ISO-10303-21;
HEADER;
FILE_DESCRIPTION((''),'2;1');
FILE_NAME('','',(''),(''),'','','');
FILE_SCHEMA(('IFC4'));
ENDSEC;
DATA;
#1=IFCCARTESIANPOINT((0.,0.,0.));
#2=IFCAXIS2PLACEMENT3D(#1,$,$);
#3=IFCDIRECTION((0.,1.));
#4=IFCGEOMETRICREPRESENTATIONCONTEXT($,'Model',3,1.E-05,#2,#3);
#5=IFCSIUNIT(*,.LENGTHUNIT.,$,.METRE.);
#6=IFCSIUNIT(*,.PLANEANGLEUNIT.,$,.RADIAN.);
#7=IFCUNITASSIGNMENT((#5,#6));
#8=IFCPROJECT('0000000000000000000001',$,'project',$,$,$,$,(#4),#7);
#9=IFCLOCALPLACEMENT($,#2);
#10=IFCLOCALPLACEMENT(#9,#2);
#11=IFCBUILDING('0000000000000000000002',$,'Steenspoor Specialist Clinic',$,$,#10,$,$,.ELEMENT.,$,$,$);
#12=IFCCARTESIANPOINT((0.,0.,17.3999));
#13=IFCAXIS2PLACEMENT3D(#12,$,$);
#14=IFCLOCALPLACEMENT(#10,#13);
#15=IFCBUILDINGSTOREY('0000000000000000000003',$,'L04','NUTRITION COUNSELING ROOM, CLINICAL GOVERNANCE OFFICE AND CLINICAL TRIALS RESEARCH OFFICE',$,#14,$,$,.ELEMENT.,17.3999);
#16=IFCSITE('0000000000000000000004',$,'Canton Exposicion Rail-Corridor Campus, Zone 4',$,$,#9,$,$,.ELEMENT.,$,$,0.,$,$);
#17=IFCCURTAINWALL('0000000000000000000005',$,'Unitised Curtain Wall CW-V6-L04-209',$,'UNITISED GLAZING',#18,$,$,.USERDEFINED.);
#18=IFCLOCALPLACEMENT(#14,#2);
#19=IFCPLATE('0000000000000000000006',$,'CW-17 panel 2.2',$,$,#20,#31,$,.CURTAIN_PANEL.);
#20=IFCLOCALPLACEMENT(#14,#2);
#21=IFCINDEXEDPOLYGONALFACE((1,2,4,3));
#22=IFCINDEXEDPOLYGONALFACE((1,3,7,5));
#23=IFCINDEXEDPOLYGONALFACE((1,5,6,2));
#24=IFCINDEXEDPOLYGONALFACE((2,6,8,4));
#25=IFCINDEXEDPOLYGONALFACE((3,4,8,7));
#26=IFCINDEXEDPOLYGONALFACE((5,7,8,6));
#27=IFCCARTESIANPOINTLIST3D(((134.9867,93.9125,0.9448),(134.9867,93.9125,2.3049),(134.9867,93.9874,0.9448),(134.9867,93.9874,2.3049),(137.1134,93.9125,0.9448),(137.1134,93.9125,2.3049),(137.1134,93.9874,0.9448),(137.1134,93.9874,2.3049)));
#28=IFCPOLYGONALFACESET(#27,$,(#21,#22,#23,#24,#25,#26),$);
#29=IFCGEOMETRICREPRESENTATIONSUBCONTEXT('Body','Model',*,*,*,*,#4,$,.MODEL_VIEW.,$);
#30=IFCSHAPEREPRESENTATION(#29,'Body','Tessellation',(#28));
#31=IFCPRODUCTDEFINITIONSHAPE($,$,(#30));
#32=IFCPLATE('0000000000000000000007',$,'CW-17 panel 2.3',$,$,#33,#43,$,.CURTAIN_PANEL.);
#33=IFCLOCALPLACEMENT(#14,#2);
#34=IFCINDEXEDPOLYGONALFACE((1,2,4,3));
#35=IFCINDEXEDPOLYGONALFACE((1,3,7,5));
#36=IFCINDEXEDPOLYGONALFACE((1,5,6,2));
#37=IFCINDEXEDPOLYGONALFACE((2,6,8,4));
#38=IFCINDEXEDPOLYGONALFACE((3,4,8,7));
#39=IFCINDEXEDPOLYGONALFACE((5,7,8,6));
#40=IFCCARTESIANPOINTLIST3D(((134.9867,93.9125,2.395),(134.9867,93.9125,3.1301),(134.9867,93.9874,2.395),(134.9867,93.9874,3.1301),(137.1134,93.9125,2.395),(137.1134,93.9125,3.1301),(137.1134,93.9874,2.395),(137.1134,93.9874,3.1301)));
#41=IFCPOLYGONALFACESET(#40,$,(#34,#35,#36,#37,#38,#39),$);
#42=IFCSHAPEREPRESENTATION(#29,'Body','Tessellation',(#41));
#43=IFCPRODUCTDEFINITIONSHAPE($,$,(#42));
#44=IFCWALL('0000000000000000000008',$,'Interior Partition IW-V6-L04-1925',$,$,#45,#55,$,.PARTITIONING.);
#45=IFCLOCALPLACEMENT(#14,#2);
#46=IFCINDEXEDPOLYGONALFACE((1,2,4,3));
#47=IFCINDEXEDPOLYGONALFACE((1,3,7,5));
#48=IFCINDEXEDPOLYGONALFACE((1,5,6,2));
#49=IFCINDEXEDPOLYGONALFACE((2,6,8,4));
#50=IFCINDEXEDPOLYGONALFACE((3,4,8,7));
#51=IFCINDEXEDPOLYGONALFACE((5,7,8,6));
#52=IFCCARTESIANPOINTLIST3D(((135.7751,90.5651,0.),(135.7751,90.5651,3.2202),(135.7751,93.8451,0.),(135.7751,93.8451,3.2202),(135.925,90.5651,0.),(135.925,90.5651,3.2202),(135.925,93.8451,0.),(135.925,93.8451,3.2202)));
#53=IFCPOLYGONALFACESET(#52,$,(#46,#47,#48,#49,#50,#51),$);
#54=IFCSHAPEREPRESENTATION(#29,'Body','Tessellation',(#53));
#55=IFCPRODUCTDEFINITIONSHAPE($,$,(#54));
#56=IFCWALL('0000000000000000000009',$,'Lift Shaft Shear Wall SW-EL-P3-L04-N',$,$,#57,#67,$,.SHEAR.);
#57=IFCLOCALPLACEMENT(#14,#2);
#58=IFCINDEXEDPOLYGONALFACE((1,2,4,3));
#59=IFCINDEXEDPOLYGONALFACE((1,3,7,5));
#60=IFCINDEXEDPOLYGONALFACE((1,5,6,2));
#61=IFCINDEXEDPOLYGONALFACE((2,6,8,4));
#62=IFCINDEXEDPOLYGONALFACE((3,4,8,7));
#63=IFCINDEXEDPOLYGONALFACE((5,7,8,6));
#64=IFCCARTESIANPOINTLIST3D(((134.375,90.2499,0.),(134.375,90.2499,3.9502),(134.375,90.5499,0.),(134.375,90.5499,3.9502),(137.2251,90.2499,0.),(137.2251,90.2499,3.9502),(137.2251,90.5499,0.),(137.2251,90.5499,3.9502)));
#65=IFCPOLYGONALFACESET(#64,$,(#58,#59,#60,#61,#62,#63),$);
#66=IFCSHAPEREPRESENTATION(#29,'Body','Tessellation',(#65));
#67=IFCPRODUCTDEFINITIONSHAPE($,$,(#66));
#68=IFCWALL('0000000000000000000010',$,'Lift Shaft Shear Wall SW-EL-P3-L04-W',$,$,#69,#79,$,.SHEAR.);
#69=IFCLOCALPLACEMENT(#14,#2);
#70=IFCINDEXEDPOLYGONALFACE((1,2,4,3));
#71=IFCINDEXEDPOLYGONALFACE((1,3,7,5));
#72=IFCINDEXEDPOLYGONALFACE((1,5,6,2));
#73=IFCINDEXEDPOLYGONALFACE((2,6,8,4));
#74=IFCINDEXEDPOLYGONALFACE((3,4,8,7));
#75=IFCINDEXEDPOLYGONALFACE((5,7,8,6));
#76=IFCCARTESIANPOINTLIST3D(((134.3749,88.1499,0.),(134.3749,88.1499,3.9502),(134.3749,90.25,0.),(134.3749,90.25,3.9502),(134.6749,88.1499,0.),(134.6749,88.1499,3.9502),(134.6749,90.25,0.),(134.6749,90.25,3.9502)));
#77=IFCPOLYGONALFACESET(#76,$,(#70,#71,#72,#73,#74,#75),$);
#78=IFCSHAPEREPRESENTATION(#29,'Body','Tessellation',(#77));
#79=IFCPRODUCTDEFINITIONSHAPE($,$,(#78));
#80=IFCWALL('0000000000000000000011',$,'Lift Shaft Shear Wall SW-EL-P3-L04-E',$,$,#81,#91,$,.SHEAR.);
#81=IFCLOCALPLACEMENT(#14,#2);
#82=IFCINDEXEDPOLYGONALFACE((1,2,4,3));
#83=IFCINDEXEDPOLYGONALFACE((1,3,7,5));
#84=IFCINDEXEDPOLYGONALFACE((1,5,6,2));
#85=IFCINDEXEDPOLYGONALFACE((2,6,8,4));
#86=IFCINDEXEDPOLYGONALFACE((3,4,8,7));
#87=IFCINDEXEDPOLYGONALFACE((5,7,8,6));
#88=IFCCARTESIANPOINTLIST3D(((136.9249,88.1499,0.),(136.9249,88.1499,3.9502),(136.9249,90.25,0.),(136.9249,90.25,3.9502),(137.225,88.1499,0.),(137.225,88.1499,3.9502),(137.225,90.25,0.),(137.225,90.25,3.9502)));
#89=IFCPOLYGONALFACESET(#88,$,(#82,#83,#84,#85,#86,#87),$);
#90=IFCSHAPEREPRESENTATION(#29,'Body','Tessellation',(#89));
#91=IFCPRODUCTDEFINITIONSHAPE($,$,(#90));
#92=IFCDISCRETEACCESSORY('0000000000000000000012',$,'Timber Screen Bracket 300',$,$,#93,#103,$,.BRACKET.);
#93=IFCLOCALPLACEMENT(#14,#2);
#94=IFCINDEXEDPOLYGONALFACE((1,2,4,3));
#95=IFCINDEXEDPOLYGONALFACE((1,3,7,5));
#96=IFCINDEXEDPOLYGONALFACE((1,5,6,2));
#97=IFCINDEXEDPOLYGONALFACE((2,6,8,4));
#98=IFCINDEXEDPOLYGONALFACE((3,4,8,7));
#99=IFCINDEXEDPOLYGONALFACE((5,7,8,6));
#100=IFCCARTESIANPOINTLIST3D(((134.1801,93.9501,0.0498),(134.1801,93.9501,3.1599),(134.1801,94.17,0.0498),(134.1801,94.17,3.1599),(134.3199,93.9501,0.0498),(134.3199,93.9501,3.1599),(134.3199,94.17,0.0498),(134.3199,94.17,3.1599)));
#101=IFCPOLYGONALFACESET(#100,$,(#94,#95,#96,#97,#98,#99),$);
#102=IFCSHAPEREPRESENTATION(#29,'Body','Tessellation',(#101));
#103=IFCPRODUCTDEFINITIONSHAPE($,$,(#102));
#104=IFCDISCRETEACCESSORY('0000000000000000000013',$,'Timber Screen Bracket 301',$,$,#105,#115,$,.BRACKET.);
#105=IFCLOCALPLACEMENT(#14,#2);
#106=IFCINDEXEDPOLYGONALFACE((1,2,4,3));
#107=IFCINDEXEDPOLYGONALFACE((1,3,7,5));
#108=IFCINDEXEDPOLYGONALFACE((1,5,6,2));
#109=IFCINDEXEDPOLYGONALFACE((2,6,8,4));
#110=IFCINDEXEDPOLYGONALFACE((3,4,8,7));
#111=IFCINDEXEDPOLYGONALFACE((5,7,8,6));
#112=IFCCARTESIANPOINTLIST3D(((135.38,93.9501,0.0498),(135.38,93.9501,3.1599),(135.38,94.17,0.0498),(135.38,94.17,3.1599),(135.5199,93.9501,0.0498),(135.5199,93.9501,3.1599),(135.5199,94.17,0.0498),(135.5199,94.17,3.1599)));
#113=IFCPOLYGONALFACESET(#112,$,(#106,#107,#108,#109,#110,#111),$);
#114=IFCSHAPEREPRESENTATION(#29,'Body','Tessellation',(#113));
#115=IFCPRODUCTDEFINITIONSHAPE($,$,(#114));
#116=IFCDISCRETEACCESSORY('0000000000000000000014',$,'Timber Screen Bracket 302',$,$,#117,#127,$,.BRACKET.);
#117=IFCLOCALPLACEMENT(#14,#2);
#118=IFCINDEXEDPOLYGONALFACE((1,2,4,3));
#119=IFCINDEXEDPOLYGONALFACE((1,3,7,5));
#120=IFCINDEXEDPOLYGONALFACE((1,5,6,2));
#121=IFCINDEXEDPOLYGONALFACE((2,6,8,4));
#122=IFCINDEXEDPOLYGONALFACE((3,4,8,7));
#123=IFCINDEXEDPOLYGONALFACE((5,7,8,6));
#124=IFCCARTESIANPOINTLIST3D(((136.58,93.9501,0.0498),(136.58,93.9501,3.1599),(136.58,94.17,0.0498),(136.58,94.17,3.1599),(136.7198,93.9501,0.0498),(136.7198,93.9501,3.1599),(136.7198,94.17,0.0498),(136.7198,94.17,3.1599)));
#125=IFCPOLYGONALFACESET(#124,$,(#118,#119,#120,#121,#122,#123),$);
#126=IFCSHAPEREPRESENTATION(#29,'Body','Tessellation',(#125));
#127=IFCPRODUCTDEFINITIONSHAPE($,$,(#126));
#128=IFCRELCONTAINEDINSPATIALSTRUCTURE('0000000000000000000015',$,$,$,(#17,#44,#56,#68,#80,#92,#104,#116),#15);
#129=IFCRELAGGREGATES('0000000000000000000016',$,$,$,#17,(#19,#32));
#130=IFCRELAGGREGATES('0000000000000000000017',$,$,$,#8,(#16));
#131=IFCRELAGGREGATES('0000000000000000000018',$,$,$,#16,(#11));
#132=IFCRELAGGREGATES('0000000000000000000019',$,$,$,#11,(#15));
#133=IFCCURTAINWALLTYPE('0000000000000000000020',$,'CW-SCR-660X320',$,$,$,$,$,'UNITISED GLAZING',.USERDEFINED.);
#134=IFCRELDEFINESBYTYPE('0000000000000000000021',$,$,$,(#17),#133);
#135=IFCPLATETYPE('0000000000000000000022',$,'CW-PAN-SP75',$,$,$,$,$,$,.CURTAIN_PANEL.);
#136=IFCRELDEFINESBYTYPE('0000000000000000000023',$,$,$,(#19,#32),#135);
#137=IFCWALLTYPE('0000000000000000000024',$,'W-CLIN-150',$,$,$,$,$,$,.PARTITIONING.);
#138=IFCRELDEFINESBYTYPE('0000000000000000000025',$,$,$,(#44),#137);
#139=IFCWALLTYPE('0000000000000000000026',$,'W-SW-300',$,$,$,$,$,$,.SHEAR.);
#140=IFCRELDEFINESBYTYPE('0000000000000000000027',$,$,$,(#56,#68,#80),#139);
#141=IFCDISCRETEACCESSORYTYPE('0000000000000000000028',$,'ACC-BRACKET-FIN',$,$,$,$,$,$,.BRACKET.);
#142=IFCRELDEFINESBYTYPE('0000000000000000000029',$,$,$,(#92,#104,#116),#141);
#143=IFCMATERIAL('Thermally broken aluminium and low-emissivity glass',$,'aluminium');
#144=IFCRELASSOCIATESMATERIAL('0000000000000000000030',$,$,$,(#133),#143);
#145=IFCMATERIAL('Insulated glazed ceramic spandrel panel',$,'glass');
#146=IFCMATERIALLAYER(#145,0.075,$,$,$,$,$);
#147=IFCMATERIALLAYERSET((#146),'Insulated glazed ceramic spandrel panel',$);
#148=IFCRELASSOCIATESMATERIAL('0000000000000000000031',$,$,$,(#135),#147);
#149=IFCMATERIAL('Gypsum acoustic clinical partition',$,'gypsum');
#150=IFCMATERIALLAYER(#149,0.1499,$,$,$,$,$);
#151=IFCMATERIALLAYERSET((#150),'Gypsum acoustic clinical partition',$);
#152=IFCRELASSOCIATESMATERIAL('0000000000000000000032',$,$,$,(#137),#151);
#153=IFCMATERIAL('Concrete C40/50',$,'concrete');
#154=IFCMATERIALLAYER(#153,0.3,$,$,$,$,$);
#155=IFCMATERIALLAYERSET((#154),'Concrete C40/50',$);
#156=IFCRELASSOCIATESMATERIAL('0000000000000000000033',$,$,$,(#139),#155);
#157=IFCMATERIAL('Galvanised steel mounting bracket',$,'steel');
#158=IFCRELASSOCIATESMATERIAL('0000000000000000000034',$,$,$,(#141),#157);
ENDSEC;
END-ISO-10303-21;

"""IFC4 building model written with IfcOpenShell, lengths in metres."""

from ifc_helpers import new_model, si_unit, direction, frame, frame_2d, origin, origin_2d, place, context, subcontext, project, spatial, rectangle, extrude, material, layer, layer_set, type_object, element, aggregate, save


model = new_model("IFC4")

# Units and contexts
model_context = context("Model", 3, precision=1e-05, world=origin(), true_north=direction((0.0, 1.0)))
body_context = subcontext(model_context, "Body", "Model", "MODEL_VIEW")
ifc_project = project(units=[si_unit("LENGTHUNIT", "METRE"), si_unit("PLANEANGLEUNIT", "RADIAN")], contexts=[model_context])

# Site, building, storey
site_placement = place(None, origin())
site = spatial("IfcSite", under=ifc_project, at=site_placement, Name="Canton Exposicion Rail-Corridor Campus, Zone 4", CompositionType="ELEMENT", RefElevation=0.0)
building_placement = place(site_placement, origin())
building = spatial("IfcBuilding", under=site, at=building_placement, Name="Steenspoor Specialist Clinic", CompositionType="ELEMENT")
storey_placement = place(building_placement, frame((0.0, 0.0, 17.3999)))
storey = spatial("IfcBuildingStorey", under=building, at=storey_placement, Name="L04", Description="NUTRITION COUNSELING ROOM, CLINICAL GOVERNANCE OFFICE AND CLINICAL TRIALS RESEARCH OFFICE", CompositionType="ELEMENT", Elevation=17.3999)

# Curtain wall
ifc_material_1 = material(Name="Thermally broken aluminium and low-emissivity glass", Category="aluminium")
curtain_wall_type = type_object("IfcCurtainWallType", Name="CW-SCR-660X320", ElementType="UNITISED GLAZING", PredefinedType="USERDEFINED", material=ifc_material_1)
curtain_wall_placement = place(storey_placement, origin())
curtain_wall = element("IfcCurtainWall", 1, at=curtain_wall_placement, inside=storey, type_object=curtain_wall_type, Name="Unitised Curtain Wall CW-V6-L04-209", ObjectType="UNITISED GLAZING", PredefinedType="USERDEFINED")

# Plates
ifc_material_2 = material(Name="Insulated glazed ceramic spandrel panel", Category="glass")
ifc_layer_1 = layer(ifc_material_2, 0.075)
ifc_layer_set_1 = layer_set([ifc_layer_1], Name="Insulated glazed ceramic spandrel panel")
plate_type = type_object("IfcPlateType", Name="CW-PAN-SP75", PredefinedType="CURTAIN_PANEL", material=ifc_layer_set_1)
plate_1_placement = place(storey_placement, frame((136.05, 93.95, 0.9448), z_axis=(0.0, 0.0, 1.0), x_axis=(1.0, 0.0, 0.0)))
plate_1 = element("IfcPlate", 2, at=plate_1_placement, type_object=plate_type, Name="CW-17 panel 2.2", PredefinedType="CURTAIN_PANEL", context=body_context, shape_type="SweptSolid", body=[
    extrude(rectangle(XDim=2.1267, YDim=0.075, at=origin_2d()), origin(), (0.0, 0.0, 1.0), 1.3601),
])
plate_2_placement = place(storey_placement, frame((136.05, 93.95, 2.395), z_axis=(0.0, 0.0, 1.0), x_axis=(1.0, 0.0, 0.0)))
plate_2 = element("IfcPlate", 3, at=plate_2_placement, type_object=plate_type, Name="CW-17 panel 2.3", PredefinedType="CURTAIN_PANEL", context=body_context, shape_type="SweptSolid", body=[
    extrude(rectangle(XDim=2.1267, YDim=0.075, at=origin_2d()), origin(), (0.0, 0.0, 1.0), 0.7351),
])
aggregate(curtain_wall, [plate_1, plate_2])

# Wall
ifc_material_3 = material(Name="Gypsum acoustic clinical partition", Category="gypsum")
ifc_layer_2 = layer(ifc_material_3, 0.1499)
ifc_layer_set_2 = layer_set([ifc_layer_2], Name="Gypsum acoustic clinical partition")
wall_type_1 = type_object("IfcWallType", Name="W-CLIN-150", PredefinedType="PARTITIONING", material=ifc_layer_set_2)
wall_1_placement = place(storey_placement, frame((135.8501, 90.5649, 0.0), z_axis=(0.0, 0.0, 1.0), x_axis=(0.0, 1.0, 0.0)))
element("IfcWall", 4, at=wall_1_placement, inside=storey, type_object=wall_type_1, Name="Interior Partition IW-V6-L04-1925", PredefinedType="PARTITIONING", context=body_context, shape_type="SweptSolid", body=[
    extrude(rectangle(XDim=3.28, YDim=0.1499, at=frame_2d((1.6401, 0.0))), origin(), (0.0, 0.0, 1.0), 3.2202),
])

# Shared definitions
ifc_material_4 = material(Name="Concrete C40/50", Category="concrete")
ifc_layer_3 = layer(ifc_material_4, 0.3)
ifc_layer_set_3 = layer_set([ifc_layer_3], Name="Concrete C40/50")
wall_type_2 = type_object("IfcWallType", Name="W-SW-300", PredefinedType="SHEAR", material=ifc_layer_set_3)

# Walls
wall_2_placement = place(storey_placement, frame((134.375, 90.3999, 0.0), z_axis=(0.0, 0.0, 1.0), x_axis=(1.0, 0.0, 0.0)))
element("IfcWall", 5, at=wall_2_placement, inside=storey, type_object=wall_type_2, Name="Lift Shaft Shear Wall SW-EL-P3-L04-N", PredefinedType="SHEAR", context=body_context, shape_type="SweptSolid", body=[
    extrude(rectangle(XDim=2.8501, YDim=0.3, at=frame_2d((1.425, 0.0))), origin(), (0.0, 0.0, 1.0), 3.9502),
])
for number, where, z_axis, x_axis, name in (
    (6, (134.5249, 88.1499, 0.0), (0.0, 0.0, 1.0), (0.0, 1.0, 0.0), "Lift Shaft Shear Wall SW-EL-P3-L04-W"),
    (7, (137.075, 88.1499, 0.0), (0.0, 0.0, 1.0), (0.0, 1.0, 0.0), "Lift Shaft Shear Wall SW-EL-P3-L04-E"),
):
    element("IfcWall", number, at=place(storey_placement, frame(where, z_axis=z_axis, x_axis=x_axis)), inside=storey, type_object=wall_type_2, Name=name, PredefinedType="SHEAR", context=body_context, shape_type="SweptSolid", body=[
        extrude(rectangle(XDim=2.1001, YDim=0.3, at=frame_2d((1.05, 0.0))), origin(), (0.0, 0.0, 1.0), 3.9502),
    ])

# Discrete accessories
ifc_material_5 = material(Name="Galvanised steel mounting bracket", Category="steel")
discrete_accessory_type = type_object("IfcDiscreteAccessoryType", Name="ACC-BRACKET-FIN", PredefinedType="BRACKET", material=ifc_material_5)
for number, where, z_axis, x_axis, name in (
    (8, (134.25, 94.0601, 0.0498), (0.0, 0.0, 1.0), (0.0, 1.0, 0.0), "Timber Screen Bracket 300"),
    (9, (135.45, 94.0601, 0.0498), (0.0, 0.0, 1.0), (0.0, 1.0, 0.0), "Timber Screen Bracket 301"),
    (10, (136.6499, 94.0601, 0.0498), (0.0, 0.0, 1.0), (0.0, 1.0, 0.0), "Timber Screen Bracket 302"),
):
    element("IfcDiscreteAccessory", number, at=place(storey_placement, frame(where, z_axis=z_axis, x_axis=x_axis)), inside=storey, type_object=discrete_accessory_type, Name=name, PredefinedType="BRACKET", context=body_context, shape_type="SweptSolid", body=[
        extrude(rectangle(XDim=0.22, YDim=0.1399, at=origin_2d()), origin(), (0.0, 0.0, 1.0), 3.1101),
    ])

save(model, "model.ifc")
